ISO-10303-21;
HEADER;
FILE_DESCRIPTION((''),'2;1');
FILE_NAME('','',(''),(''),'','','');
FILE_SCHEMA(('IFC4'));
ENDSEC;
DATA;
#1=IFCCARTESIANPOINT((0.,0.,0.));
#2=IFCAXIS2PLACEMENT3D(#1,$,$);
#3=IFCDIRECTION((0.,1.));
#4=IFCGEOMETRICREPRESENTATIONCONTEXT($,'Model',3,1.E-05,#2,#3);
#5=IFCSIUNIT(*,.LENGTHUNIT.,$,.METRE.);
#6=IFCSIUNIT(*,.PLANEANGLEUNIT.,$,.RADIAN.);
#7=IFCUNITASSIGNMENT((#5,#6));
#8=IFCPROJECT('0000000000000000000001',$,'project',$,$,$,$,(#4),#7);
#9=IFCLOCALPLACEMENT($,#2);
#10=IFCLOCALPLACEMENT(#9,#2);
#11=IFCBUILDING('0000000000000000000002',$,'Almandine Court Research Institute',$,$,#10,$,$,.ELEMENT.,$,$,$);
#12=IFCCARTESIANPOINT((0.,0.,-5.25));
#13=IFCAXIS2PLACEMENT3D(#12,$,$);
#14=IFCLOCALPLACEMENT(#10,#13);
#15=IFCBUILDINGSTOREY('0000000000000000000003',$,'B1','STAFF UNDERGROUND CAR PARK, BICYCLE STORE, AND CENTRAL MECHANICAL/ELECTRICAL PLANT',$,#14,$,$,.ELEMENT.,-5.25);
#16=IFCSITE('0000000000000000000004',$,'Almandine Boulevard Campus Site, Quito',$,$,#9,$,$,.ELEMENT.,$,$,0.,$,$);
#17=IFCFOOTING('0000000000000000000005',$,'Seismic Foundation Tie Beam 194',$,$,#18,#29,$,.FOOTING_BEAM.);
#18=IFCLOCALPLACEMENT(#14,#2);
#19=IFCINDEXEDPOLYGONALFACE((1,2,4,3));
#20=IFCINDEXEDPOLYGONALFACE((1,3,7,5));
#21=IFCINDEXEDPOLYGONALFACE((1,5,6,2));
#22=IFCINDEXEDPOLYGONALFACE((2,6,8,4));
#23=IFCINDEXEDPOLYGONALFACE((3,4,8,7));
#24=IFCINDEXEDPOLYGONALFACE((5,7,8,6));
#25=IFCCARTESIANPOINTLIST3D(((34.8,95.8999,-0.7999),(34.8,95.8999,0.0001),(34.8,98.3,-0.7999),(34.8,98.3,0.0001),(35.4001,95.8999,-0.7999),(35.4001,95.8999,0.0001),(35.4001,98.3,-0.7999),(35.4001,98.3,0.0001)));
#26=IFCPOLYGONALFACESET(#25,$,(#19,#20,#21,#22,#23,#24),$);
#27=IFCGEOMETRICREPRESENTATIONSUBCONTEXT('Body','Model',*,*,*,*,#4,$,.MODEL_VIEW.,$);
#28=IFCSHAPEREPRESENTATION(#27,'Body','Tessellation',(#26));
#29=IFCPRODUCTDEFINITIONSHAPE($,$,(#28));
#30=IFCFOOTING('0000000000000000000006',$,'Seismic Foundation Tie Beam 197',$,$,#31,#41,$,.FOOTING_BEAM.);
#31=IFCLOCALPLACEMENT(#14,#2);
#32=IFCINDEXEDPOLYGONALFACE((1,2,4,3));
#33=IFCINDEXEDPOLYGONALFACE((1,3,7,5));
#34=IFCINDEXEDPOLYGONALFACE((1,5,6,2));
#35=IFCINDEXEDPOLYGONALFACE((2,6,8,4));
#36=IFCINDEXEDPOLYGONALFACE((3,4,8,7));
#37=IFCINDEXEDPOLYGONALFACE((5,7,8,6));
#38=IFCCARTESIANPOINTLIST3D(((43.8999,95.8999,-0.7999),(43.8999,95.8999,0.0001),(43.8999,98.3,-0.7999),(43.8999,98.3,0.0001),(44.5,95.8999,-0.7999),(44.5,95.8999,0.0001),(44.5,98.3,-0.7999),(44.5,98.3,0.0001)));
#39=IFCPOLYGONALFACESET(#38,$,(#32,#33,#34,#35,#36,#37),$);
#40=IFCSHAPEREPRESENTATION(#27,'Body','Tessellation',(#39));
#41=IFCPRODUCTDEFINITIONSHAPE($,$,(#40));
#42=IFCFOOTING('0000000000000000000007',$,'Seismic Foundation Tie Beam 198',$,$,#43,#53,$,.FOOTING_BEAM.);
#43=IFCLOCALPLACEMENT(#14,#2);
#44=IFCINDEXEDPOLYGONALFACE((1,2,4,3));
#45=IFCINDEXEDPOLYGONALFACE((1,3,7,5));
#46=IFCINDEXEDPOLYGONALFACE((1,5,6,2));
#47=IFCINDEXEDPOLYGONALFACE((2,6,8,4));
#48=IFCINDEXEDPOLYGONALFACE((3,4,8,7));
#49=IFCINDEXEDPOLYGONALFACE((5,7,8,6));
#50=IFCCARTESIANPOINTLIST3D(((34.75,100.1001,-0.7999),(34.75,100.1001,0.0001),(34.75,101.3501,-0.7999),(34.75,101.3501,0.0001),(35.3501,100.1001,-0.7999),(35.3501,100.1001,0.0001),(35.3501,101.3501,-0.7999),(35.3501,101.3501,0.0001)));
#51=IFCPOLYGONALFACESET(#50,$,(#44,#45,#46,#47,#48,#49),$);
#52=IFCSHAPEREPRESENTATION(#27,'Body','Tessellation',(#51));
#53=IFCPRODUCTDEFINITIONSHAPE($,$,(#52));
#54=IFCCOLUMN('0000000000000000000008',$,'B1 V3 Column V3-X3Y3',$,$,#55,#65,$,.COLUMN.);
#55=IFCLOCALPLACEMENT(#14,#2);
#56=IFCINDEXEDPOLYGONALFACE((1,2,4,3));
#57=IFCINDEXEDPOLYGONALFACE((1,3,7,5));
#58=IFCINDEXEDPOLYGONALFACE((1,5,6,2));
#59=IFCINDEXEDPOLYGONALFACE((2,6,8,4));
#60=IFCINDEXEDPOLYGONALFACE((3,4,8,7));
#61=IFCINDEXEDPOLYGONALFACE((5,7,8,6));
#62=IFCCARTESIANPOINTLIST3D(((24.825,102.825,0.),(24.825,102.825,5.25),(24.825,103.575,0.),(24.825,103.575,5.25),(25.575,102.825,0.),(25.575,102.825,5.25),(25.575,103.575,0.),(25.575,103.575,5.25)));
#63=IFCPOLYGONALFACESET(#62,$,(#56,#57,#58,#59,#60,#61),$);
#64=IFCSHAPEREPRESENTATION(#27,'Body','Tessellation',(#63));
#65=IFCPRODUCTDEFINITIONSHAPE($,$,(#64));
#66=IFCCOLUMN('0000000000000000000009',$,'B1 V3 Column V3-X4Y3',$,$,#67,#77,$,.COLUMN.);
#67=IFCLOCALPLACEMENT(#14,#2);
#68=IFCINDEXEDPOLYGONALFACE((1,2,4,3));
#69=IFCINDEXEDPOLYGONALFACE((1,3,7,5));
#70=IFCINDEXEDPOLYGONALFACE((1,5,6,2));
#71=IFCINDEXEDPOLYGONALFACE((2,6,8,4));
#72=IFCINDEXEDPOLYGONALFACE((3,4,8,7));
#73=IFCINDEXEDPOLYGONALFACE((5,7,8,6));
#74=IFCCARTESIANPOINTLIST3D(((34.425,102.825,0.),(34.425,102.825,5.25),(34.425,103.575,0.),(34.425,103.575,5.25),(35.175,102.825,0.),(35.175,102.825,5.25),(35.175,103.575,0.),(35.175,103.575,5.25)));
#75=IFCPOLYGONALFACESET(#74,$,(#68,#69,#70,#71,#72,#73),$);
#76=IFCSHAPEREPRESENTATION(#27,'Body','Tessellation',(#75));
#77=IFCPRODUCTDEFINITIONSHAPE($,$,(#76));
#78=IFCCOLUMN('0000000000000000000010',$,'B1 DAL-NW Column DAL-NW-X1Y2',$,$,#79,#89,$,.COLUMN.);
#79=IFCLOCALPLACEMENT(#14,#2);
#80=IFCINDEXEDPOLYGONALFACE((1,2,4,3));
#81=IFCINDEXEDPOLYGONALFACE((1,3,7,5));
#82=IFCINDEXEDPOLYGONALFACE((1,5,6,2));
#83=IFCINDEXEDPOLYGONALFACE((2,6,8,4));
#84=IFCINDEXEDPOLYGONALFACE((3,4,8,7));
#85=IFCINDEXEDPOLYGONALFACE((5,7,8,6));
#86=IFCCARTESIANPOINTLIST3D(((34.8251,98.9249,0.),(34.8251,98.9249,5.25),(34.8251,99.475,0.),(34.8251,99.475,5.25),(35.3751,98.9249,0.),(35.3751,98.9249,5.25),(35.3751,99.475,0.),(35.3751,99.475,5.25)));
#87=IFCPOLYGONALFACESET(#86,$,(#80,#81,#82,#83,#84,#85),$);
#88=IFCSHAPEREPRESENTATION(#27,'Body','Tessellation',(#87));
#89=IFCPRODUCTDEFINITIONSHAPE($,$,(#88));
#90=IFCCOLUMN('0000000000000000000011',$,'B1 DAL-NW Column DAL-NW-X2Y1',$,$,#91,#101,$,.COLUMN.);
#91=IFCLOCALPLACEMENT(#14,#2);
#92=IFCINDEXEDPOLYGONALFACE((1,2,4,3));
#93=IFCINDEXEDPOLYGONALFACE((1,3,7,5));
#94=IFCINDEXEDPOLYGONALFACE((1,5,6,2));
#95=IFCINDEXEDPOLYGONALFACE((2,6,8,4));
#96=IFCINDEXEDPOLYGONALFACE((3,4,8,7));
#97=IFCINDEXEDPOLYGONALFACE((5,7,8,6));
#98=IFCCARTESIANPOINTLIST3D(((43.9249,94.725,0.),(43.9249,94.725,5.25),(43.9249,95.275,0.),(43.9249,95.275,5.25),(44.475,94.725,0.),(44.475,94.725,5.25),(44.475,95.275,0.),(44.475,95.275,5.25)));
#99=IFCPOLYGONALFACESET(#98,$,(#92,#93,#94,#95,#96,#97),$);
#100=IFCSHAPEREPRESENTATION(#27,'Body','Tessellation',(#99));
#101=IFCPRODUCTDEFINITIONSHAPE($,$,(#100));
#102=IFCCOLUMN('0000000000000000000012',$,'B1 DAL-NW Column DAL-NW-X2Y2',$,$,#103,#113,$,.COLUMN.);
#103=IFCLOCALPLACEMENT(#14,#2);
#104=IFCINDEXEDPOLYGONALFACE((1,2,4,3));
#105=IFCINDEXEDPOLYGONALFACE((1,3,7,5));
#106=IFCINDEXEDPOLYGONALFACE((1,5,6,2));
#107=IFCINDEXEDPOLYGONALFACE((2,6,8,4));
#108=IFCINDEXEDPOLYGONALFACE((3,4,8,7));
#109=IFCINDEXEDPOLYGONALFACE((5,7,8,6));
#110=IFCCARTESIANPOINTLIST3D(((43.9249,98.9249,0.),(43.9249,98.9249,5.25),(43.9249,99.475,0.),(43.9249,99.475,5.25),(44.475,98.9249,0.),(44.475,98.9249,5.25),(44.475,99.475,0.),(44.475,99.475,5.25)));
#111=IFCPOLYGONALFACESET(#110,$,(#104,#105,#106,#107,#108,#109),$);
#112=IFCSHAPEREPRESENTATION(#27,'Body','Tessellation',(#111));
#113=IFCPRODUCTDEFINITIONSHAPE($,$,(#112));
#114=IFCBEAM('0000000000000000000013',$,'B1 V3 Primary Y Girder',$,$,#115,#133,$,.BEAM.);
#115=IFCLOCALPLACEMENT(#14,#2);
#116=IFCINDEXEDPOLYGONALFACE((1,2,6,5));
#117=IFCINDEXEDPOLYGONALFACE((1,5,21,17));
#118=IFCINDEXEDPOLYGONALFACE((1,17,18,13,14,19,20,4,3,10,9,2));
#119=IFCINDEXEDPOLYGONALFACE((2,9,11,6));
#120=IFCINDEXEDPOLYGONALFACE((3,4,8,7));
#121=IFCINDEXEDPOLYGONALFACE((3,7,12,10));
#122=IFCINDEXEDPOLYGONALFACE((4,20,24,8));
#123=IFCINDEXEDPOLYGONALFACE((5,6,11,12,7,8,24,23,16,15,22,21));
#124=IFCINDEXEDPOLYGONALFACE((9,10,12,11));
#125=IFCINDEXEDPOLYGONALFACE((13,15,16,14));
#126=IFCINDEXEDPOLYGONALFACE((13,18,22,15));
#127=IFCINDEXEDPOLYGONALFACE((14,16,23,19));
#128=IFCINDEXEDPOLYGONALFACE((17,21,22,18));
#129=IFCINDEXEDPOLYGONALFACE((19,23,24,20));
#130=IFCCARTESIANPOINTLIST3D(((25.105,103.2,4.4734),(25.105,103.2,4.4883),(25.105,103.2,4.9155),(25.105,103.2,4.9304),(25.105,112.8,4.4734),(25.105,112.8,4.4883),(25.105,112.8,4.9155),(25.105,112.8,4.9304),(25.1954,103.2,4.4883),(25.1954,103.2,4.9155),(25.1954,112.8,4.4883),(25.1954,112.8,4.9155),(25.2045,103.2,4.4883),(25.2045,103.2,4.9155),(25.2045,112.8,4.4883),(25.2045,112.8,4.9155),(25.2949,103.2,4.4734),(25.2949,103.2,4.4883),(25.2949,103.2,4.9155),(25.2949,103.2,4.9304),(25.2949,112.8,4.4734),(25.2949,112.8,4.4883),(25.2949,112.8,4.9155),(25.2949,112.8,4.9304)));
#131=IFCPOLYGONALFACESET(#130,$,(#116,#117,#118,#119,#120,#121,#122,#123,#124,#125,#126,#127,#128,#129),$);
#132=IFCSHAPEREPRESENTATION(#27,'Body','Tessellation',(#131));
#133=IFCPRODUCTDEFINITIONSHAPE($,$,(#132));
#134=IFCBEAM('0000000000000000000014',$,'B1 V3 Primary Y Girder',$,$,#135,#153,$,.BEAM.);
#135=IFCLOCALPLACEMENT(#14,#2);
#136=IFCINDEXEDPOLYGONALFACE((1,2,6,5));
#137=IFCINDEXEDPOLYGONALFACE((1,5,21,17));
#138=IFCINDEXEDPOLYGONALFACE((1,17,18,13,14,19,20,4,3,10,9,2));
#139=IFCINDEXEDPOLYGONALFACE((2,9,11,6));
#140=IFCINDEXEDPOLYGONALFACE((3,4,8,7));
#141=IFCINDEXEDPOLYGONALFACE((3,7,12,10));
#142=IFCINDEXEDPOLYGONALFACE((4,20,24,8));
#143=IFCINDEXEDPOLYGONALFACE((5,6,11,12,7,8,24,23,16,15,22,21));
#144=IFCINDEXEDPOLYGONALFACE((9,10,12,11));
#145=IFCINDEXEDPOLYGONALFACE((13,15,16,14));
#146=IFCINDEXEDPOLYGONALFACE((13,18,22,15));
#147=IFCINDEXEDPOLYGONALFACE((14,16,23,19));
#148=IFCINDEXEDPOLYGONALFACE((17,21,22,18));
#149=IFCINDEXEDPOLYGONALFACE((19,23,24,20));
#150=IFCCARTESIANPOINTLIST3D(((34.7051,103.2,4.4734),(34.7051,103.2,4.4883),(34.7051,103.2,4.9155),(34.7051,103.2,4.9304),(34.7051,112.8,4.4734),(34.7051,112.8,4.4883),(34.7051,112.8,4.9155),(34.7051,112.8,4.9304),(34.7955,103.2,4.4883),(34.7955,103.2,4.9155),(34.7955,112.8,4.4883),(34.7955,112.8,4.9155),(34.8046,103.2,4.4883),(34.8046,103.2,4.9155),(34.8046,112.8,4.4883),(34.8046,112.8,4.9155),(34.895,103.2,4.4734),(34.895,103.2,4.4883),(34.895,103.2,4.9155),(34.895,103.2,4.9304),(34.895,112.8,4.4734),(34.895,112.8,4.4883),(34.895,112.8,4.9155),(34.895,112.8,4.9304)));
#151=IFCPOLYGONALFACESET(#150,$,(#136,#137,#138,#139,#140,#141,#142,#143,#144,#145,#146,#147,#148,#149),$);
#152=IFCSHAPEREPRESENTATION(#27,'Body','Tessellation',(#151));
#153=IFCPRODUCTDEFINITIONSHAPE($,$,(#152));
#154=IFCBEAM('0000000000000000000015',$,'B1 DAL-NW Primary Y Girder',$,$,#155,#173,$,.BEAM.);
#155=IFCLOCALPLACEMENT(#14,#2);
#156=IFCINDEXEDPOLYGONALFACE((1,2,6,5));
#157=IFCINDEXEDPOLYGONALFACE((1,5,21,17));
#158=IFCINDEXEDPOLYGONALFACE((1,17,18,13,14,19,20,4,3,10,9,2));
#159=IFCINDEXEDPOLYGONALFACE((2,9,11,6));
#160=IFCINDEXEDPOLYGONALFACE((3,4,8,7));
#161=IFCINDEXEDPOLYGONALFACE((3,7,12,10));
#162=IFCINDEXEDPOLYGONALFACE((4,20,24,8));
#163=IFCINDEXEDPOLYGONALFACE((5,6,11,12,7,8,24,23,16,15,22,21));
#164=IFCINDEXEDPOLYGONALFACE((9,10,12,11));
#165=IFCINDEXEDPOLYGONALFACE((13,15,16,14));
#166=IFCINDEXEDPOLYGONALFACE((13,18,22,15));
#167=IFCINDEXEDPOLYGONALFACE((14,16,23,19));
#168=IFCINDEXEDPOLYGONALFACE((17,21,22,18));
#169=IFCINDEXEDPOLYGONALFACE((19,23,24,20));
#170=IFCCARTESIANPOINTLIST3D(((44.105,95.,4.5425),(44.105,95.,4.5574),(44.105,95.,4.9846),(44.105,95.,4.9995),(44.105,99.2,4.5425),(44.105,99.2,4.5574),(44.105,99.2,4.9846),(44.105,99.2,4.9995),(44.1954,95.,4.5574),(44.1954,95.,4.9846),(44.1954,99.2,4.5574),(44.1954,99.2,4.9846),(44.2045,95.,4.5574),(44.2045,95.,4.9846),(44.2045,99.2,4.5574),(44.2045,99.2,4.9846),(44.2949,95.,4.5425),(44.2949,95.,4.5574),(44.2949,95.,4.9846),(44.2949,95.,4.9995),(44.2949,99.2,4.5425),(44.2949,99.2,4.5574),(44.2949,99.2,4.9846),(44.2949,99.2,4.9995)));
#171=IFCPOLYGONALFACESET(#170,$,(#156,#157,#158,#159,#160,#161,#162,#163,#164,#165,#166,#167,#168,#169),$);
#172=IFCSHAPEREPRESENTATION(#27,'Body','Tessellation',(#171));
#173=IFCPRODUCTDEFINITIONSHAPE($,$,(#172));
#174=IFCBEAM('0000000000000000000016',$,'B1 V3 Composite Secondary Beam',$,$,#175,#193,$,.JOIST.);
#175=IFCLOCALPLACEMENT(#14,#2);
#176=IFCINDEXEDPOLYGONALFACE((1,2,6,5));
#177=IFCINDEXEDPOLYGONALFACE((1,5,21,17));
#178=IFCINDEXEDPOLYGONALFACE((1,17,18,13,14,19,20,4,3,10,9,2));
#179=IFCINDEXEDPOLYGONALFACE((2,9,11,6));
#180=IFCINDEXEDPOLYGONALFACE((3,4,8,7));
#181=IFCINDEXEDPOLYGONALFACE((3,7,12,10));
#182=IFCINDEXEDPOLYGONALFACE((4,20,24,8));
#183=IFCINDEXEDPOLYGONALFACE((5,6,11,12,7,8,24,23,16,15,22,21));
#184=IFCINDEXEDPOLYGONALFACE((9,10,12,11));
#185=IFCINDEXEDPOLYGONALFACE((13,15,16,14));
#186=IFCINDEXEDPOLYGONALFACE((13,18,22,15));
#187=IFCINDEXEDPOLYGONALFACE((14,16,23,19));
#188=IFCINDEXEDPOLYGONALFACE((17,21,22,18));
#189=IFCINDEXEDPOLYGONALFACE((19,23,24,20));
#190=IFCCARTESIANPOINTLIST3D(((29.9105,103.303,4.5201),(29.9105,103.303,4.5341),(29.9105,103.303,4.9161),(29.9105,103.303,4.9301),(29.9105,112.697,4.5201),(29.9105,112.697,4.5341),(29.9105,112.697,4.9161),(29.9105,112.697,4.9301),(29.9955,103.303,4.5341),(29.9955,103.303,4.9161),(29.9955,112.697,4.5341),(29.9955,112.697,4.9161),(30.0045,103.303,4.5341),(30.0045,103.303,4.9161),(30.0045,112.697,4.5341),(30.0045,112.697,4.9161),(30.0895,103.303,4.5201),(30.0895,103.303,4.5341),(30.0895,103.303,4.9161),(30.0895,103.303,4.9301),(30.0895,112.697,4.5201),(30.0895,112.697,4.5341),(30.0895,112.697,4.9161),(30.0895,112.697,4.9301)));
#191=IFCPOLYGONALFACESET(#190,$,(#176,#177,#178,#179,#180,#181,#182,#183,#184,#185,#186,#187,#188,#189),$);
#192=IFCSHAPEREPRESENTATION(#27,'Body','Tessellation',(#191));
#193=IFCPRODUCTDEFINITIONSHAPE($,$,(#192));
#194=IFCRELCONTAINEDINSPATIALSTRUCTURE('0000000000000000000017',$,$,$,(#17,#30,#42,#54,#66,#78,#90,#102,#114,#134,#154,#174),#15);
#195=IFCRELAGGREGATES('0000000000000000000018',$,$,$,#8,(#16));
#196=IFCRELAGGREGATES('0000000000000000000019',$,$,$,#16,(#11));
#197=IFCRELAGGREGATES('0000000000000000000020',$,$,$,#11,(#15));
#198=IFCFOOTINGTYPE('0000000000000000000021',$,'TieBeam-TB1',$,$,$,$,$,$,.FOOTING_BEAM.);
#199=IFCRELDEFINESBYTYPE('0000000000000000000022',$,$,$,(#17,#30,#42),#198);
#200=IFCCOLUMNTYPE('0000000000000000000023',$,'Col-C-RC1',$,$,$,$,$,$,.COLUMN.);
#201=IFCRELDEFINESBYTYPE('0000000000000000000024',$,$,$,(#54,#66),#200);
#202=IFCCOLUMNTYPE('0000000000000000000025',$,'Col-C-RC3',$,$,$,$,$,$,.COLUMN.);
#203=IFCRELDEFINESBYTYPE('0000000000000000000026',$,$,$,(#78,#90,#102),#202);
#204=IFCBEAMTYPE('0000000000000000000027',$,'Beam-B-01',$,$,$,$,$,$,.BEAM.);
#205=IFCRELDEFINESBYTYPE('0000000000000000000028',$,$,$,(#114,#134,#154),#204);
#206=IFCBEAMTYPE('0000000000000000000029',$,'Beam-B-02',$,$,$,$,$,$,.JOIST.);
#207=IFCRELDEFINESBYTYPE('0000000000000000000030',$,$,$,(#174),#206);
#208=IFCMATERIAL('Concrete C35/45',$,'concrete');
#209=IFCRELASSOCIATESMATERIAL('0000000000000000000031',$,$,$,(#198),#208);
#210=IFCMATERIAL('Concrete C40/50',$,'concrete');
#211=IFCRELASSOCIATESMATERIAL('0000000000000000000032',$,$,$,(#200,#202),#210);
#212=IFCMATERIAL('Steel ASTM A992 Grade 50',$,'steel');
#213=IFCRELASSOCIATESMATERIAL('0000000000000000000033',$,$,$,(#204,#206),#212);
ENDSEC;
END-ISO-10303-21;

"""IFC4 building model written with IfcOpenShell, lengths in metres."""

from ifc_helpers import new_model, si_unit, direction, frame, origin, origin_2d, place, context, subcontext, project, spatial, rectangle, i_section, extrude, material, material_profile, profile_set, type_object, element, save


model = new_model("IFC4")

# Units and contexts
model_context = context("Model", 3, precision=1e-05, world=origin(), true_north=direction((0.0, 1.0)))
body_context = subcontext(model_context, "Body", "Model", "MODEL_VIEW")
ifc_project = project(units=[si_unit("LENGTHUNIT", "METRE"), si_unit("PLANEANGLEUNIT", "RADIAN")], contexts=[model_context])

# Site, building, storey
site_placement = place(None, origin())
site = spatial("IfcSite", under=ifc_project, at=site_placement, Name="Almandine Boulevard Campus Site, Quito", CompositionType="ELEMENT", RefElevation=0.0)
building_placement = place(site_placement, origin())
building = spatial("IfcBuilding", under=site, at=building_placement, Name="Almandine Court Research Institute", CompositionType="ELEMENT")
storey_placement = place(building_placement, frame((0.0, 0.0, -5.25)))
storey = spatial("IfcBuildingStorey", under=building, at=storey_placement, Name="B1", Description="STAFF UNDERGROUND CAR PARK, BICYCLE STORE, AND CENTRAL MECHANICAL/ELECTRICAL PLANT", CompositionType="ELEMENT", Elevation=-5.25)

# Shared definitions
ifc_material_1 = material(Name="Concrete C35/45", Category="concrete")

# Footings
ifc_material_profile_1 = material_profile(ifc_material_1, rectangle(XDim=0.6001, YDim=0.8, at=origin_2d()), Name="RC TIE 600x800")
ifc_profile_set_1 = profile_set([ifc_material_profile_1], Name="Concrete C35/45")
footing_type_1 = type_object("IfcFootingType", Name="TieBeam-TB1", PredefinedType="FOOTING_BEAM", material=ifc_profile_set_1)
for number, where, z_axis, x_axis, name in (
    (1, (35.1001, 95.8999, -0.3999), (0.0, 1.0, 0.0), (-1.0, 0.0, 0.0), "Seismic Foundation Tie Beam 194"),
    (2, (44.2, 95.8999, -0.3999), (0.0, 1.0, 0.0), (-1.0, 0.0, 0.0), "Seismic Foundation Tie Beam 197"),
):
    element("IfcFooting", number, at=place(storey_placement, frame(where, z_axis=z_axis, x_axis=x_axis)), inside=storey, type_object=footing_type_1, Name=name, PredefinedType="FOOTING_BEAM", context=body_context, shape_type="SweptSolid", body=[
        extrude(rectangle(XDim=0.6001, YDim=0.8, at=origin_2d()), origin(), (0.0, 0.0, 1.0), 2.4001),
    ])
footing_1_placement = place(storey_placement, frame((35.05, 100.1001, -0.3999), z_axis=(0.0, 1.0, 0.0), x_axis=(-1.0, 0.0, 0.0)))
element("IfcFooting", 3, at=footing_1_placement, inside=storey, type_object=footing_type_1, Name="Seismic Foundation Tie Beam 198", PredefinedType="FOOTING_BEAM", context=body_context, shape_type="SweptSolid", body=[
    extrude(rectangle(XDim=0.6001, YDim=0.8, at=origin_2d()), origin(), (0.0, 0.0, 1.0), 1.25),
])

# Columns
ifc_material_2 = material(Name="Concrete C40/50", Category="concrete")
ifc_material_profile_2 = material_profile(ifc_material_2, rectangle(XDim=0.75, YDim=0.75, at=origin_2d()), Name="RC 750x750")
ifc_profile_set_2 = profile_set([ifc_material_profile_2], Name="Concrete C40/50")
column_type_1 = type_object("IfcColumnType", Name="Col-C-RC1", PredefinedType="COLUMN", material=ifc_profile_set_2)
for number, where, z_axis, x_axis, name in (
    (4, (25.2, 103.2, 0.0), (0.0, 0.0, 1.0), (1.0, 0.0, 0.0), "B1 V3 Column V3-X3Y3"),
    (5, (34.8, 103.2, 0.0), (0.0, 0.0, 1.0), (1.0, 0.0, 0.0), "B1 V3 Column V3-X4Y3"),
):
    element("IfcColumn", number, at=place(storey_placement, frame(where, z_axis=z_axis, x_axis=x_axis)), inside=storey, type_object=column_type_1, Name=name, PredefinedType="COLUMN", context=body_context, shape_type="SweptSolid", body=[
        extrude(rectangle(XDim=0.75, YDim=0.75, at=origin_2d()), origin(), (0.0, 0.0, 1.0), 5.25),
    ])
ifc_material_profile_3 = material_profile(ifc_material_2, rectangle(XDim=0.55, YDim=0.55, at=origin_2d()), Name="RC 550x550")
ifc_profile_set_3 = profile_set([ifc_material_profile_3], Name="Concrete C40/50")
column_type_2 = type_object("IfcColumnType", Name="Col-C-RC3", PredefinedType="COLUMN", material=ifc_profile_set_3)
for number, where, z_axis, x_axis, name in (
    (6, (35.1001, 99.2, 0.0), (0.0, 0.0, 1.0), (1.0, 0.0, 0.0), "B1 DAL-NW Column DAL-NW-X1Y2"),
    (7, (44.2, 95.0, 0.0), (0.0, 0.0, 1.0), (1.0, 0.0, 0.0), "B1 DAL-NW Column DAL-NW-X2Y1"),
    (8, (44.2, 99.2, 0.0), (0.0, 0.0, 1.0), (1.0, 0.0, 0.0), "B1 DAL-NW Column DAL-NW-X2Y2"),
):
    element("IfcColumn", number, at=place(storey_placement, frame(where, z_axis=z_axis, x_axis=x_axis)), inside=storey, type_object=column_type_2, Name=name, PredefinedType="COLUMN", context=body_context, shape_type="SweptSolid", body=[
        extrude(rectangle(XDim=0.55, YDim=0.55, at=origin_2d()), origin(), (0.0, 0.0, 1.0), 5.25),
    ])

# Beams
ifc_material_3 = material(Name="Steel ASTM A992 Grade 50", Category="steel")
ifc_material_profile_4 = material_profile(ifc_material_3, i_section(OverallWidth=0.1899, OverallDepth=0.457, WebThickness=0.009, FlangeThickness=0.0149, at=origin_2d()), Name="W460x74")
ifc_profile_set_4 = profile_set([ifc_material_profile_4], Name="Steel ASTM A992 Grade 50")
beam_type_1 = type_object("IfcBeamType", Name="Beam-B-01", PredefinedType="BEAM", material=ifc_profile_set_4)
for number, where, z_axis, x_axis, name in (
    (9, (25.2, 103.2, 4.7019), (0.0, 1.0, 0.0), (-1.0, 0.0, 0.0), "B1 V3 Primary Y Girder"),
    (10, (34.8, 103.2, 4.7019), (0.0, 1.0, 0.0), (-1.0, 0.0, 0.0), "B1 V3 Primary Y Girder"),
):
    element("IfcBeam", number, at=place(storey_placement, frame(where, z_axis=z_axis, x_axis=x_axis)), inside=storey, type_object=beam_type_1, Name=name, PredefinedType="BEAM", context=body_context, shape_type="SweptSolid", body=[
        extrude(i_section(OverallWidth=0.1899, OverallDepth=0.457, WebThickness=0.009, FlangeThickness=0.0149, at=origin_2d()), origin(), (0.0, 0.0, 1.0), 9.6001),
    ])
beam_1_placement = place(storey_placement, frame((44.2, 95.0, 4.771), z_axis=(0.0, 1.0, 0.0), x_axis=(-1.0, 0.0, 0.0)))
element("IfcBeam", 11, at=beam_1_placement, inside=storey, type_object=beam_type_1, Name="B1 DAL-NW Primary Y Girder", PredefinedType="BEAM", context=body_context, shape_type="SweptSolid", body=[
    extrude(i_section(OverallWidth=0.1899, OverallDepth=0.457, WebThickness=0.009, FlangeThickness=0.0149, at=origin_2d()), origin(), (0.0, 0.0, 1.0), 4.2),
])
ifc_material_profile_5 = material_profile(ifc_material_3, i_section(OverallWidth=0.179, OverallDepth=0.4099, WebThickness=0.009, FlangeThickness=0.0139, at=origin_2d()), Name="W410x67")
ifc_profile_set_5 = profile_set([ifc_material_profile_5], Name="Steel ASTM A992 Grade 50")
beam_type_2 = type_object("IfcBeamType", Name="Beam-B-02", PredefinedType="JOIST", material=ifc_profile_set_5)
beam_2_placement = place(storey_placement, frame((30.0, 103.303, 4.7251), z_axis=(0.0, 1.0, 0.0), x_axis=(-1.0, 0.0, 0.0)))
element("IfcBeam", 12, at=beam_2_placement, inside=storey, type_object=beam_type_2, Name="B1 V3 Composite Secondary Beam", PredefinedType="JOIST", context=body_context, shape_type="SweptSolid", body=[
    extrude(i_section(OverallWidth=0.179, OverallDepth=0.4099, WebThickness=0.009, FlangeThickness=0.0139, at=origin_2d()), origin(), (0.0, 0.0, 1.0), 9.394),
])

save(model, "model.ifc")
